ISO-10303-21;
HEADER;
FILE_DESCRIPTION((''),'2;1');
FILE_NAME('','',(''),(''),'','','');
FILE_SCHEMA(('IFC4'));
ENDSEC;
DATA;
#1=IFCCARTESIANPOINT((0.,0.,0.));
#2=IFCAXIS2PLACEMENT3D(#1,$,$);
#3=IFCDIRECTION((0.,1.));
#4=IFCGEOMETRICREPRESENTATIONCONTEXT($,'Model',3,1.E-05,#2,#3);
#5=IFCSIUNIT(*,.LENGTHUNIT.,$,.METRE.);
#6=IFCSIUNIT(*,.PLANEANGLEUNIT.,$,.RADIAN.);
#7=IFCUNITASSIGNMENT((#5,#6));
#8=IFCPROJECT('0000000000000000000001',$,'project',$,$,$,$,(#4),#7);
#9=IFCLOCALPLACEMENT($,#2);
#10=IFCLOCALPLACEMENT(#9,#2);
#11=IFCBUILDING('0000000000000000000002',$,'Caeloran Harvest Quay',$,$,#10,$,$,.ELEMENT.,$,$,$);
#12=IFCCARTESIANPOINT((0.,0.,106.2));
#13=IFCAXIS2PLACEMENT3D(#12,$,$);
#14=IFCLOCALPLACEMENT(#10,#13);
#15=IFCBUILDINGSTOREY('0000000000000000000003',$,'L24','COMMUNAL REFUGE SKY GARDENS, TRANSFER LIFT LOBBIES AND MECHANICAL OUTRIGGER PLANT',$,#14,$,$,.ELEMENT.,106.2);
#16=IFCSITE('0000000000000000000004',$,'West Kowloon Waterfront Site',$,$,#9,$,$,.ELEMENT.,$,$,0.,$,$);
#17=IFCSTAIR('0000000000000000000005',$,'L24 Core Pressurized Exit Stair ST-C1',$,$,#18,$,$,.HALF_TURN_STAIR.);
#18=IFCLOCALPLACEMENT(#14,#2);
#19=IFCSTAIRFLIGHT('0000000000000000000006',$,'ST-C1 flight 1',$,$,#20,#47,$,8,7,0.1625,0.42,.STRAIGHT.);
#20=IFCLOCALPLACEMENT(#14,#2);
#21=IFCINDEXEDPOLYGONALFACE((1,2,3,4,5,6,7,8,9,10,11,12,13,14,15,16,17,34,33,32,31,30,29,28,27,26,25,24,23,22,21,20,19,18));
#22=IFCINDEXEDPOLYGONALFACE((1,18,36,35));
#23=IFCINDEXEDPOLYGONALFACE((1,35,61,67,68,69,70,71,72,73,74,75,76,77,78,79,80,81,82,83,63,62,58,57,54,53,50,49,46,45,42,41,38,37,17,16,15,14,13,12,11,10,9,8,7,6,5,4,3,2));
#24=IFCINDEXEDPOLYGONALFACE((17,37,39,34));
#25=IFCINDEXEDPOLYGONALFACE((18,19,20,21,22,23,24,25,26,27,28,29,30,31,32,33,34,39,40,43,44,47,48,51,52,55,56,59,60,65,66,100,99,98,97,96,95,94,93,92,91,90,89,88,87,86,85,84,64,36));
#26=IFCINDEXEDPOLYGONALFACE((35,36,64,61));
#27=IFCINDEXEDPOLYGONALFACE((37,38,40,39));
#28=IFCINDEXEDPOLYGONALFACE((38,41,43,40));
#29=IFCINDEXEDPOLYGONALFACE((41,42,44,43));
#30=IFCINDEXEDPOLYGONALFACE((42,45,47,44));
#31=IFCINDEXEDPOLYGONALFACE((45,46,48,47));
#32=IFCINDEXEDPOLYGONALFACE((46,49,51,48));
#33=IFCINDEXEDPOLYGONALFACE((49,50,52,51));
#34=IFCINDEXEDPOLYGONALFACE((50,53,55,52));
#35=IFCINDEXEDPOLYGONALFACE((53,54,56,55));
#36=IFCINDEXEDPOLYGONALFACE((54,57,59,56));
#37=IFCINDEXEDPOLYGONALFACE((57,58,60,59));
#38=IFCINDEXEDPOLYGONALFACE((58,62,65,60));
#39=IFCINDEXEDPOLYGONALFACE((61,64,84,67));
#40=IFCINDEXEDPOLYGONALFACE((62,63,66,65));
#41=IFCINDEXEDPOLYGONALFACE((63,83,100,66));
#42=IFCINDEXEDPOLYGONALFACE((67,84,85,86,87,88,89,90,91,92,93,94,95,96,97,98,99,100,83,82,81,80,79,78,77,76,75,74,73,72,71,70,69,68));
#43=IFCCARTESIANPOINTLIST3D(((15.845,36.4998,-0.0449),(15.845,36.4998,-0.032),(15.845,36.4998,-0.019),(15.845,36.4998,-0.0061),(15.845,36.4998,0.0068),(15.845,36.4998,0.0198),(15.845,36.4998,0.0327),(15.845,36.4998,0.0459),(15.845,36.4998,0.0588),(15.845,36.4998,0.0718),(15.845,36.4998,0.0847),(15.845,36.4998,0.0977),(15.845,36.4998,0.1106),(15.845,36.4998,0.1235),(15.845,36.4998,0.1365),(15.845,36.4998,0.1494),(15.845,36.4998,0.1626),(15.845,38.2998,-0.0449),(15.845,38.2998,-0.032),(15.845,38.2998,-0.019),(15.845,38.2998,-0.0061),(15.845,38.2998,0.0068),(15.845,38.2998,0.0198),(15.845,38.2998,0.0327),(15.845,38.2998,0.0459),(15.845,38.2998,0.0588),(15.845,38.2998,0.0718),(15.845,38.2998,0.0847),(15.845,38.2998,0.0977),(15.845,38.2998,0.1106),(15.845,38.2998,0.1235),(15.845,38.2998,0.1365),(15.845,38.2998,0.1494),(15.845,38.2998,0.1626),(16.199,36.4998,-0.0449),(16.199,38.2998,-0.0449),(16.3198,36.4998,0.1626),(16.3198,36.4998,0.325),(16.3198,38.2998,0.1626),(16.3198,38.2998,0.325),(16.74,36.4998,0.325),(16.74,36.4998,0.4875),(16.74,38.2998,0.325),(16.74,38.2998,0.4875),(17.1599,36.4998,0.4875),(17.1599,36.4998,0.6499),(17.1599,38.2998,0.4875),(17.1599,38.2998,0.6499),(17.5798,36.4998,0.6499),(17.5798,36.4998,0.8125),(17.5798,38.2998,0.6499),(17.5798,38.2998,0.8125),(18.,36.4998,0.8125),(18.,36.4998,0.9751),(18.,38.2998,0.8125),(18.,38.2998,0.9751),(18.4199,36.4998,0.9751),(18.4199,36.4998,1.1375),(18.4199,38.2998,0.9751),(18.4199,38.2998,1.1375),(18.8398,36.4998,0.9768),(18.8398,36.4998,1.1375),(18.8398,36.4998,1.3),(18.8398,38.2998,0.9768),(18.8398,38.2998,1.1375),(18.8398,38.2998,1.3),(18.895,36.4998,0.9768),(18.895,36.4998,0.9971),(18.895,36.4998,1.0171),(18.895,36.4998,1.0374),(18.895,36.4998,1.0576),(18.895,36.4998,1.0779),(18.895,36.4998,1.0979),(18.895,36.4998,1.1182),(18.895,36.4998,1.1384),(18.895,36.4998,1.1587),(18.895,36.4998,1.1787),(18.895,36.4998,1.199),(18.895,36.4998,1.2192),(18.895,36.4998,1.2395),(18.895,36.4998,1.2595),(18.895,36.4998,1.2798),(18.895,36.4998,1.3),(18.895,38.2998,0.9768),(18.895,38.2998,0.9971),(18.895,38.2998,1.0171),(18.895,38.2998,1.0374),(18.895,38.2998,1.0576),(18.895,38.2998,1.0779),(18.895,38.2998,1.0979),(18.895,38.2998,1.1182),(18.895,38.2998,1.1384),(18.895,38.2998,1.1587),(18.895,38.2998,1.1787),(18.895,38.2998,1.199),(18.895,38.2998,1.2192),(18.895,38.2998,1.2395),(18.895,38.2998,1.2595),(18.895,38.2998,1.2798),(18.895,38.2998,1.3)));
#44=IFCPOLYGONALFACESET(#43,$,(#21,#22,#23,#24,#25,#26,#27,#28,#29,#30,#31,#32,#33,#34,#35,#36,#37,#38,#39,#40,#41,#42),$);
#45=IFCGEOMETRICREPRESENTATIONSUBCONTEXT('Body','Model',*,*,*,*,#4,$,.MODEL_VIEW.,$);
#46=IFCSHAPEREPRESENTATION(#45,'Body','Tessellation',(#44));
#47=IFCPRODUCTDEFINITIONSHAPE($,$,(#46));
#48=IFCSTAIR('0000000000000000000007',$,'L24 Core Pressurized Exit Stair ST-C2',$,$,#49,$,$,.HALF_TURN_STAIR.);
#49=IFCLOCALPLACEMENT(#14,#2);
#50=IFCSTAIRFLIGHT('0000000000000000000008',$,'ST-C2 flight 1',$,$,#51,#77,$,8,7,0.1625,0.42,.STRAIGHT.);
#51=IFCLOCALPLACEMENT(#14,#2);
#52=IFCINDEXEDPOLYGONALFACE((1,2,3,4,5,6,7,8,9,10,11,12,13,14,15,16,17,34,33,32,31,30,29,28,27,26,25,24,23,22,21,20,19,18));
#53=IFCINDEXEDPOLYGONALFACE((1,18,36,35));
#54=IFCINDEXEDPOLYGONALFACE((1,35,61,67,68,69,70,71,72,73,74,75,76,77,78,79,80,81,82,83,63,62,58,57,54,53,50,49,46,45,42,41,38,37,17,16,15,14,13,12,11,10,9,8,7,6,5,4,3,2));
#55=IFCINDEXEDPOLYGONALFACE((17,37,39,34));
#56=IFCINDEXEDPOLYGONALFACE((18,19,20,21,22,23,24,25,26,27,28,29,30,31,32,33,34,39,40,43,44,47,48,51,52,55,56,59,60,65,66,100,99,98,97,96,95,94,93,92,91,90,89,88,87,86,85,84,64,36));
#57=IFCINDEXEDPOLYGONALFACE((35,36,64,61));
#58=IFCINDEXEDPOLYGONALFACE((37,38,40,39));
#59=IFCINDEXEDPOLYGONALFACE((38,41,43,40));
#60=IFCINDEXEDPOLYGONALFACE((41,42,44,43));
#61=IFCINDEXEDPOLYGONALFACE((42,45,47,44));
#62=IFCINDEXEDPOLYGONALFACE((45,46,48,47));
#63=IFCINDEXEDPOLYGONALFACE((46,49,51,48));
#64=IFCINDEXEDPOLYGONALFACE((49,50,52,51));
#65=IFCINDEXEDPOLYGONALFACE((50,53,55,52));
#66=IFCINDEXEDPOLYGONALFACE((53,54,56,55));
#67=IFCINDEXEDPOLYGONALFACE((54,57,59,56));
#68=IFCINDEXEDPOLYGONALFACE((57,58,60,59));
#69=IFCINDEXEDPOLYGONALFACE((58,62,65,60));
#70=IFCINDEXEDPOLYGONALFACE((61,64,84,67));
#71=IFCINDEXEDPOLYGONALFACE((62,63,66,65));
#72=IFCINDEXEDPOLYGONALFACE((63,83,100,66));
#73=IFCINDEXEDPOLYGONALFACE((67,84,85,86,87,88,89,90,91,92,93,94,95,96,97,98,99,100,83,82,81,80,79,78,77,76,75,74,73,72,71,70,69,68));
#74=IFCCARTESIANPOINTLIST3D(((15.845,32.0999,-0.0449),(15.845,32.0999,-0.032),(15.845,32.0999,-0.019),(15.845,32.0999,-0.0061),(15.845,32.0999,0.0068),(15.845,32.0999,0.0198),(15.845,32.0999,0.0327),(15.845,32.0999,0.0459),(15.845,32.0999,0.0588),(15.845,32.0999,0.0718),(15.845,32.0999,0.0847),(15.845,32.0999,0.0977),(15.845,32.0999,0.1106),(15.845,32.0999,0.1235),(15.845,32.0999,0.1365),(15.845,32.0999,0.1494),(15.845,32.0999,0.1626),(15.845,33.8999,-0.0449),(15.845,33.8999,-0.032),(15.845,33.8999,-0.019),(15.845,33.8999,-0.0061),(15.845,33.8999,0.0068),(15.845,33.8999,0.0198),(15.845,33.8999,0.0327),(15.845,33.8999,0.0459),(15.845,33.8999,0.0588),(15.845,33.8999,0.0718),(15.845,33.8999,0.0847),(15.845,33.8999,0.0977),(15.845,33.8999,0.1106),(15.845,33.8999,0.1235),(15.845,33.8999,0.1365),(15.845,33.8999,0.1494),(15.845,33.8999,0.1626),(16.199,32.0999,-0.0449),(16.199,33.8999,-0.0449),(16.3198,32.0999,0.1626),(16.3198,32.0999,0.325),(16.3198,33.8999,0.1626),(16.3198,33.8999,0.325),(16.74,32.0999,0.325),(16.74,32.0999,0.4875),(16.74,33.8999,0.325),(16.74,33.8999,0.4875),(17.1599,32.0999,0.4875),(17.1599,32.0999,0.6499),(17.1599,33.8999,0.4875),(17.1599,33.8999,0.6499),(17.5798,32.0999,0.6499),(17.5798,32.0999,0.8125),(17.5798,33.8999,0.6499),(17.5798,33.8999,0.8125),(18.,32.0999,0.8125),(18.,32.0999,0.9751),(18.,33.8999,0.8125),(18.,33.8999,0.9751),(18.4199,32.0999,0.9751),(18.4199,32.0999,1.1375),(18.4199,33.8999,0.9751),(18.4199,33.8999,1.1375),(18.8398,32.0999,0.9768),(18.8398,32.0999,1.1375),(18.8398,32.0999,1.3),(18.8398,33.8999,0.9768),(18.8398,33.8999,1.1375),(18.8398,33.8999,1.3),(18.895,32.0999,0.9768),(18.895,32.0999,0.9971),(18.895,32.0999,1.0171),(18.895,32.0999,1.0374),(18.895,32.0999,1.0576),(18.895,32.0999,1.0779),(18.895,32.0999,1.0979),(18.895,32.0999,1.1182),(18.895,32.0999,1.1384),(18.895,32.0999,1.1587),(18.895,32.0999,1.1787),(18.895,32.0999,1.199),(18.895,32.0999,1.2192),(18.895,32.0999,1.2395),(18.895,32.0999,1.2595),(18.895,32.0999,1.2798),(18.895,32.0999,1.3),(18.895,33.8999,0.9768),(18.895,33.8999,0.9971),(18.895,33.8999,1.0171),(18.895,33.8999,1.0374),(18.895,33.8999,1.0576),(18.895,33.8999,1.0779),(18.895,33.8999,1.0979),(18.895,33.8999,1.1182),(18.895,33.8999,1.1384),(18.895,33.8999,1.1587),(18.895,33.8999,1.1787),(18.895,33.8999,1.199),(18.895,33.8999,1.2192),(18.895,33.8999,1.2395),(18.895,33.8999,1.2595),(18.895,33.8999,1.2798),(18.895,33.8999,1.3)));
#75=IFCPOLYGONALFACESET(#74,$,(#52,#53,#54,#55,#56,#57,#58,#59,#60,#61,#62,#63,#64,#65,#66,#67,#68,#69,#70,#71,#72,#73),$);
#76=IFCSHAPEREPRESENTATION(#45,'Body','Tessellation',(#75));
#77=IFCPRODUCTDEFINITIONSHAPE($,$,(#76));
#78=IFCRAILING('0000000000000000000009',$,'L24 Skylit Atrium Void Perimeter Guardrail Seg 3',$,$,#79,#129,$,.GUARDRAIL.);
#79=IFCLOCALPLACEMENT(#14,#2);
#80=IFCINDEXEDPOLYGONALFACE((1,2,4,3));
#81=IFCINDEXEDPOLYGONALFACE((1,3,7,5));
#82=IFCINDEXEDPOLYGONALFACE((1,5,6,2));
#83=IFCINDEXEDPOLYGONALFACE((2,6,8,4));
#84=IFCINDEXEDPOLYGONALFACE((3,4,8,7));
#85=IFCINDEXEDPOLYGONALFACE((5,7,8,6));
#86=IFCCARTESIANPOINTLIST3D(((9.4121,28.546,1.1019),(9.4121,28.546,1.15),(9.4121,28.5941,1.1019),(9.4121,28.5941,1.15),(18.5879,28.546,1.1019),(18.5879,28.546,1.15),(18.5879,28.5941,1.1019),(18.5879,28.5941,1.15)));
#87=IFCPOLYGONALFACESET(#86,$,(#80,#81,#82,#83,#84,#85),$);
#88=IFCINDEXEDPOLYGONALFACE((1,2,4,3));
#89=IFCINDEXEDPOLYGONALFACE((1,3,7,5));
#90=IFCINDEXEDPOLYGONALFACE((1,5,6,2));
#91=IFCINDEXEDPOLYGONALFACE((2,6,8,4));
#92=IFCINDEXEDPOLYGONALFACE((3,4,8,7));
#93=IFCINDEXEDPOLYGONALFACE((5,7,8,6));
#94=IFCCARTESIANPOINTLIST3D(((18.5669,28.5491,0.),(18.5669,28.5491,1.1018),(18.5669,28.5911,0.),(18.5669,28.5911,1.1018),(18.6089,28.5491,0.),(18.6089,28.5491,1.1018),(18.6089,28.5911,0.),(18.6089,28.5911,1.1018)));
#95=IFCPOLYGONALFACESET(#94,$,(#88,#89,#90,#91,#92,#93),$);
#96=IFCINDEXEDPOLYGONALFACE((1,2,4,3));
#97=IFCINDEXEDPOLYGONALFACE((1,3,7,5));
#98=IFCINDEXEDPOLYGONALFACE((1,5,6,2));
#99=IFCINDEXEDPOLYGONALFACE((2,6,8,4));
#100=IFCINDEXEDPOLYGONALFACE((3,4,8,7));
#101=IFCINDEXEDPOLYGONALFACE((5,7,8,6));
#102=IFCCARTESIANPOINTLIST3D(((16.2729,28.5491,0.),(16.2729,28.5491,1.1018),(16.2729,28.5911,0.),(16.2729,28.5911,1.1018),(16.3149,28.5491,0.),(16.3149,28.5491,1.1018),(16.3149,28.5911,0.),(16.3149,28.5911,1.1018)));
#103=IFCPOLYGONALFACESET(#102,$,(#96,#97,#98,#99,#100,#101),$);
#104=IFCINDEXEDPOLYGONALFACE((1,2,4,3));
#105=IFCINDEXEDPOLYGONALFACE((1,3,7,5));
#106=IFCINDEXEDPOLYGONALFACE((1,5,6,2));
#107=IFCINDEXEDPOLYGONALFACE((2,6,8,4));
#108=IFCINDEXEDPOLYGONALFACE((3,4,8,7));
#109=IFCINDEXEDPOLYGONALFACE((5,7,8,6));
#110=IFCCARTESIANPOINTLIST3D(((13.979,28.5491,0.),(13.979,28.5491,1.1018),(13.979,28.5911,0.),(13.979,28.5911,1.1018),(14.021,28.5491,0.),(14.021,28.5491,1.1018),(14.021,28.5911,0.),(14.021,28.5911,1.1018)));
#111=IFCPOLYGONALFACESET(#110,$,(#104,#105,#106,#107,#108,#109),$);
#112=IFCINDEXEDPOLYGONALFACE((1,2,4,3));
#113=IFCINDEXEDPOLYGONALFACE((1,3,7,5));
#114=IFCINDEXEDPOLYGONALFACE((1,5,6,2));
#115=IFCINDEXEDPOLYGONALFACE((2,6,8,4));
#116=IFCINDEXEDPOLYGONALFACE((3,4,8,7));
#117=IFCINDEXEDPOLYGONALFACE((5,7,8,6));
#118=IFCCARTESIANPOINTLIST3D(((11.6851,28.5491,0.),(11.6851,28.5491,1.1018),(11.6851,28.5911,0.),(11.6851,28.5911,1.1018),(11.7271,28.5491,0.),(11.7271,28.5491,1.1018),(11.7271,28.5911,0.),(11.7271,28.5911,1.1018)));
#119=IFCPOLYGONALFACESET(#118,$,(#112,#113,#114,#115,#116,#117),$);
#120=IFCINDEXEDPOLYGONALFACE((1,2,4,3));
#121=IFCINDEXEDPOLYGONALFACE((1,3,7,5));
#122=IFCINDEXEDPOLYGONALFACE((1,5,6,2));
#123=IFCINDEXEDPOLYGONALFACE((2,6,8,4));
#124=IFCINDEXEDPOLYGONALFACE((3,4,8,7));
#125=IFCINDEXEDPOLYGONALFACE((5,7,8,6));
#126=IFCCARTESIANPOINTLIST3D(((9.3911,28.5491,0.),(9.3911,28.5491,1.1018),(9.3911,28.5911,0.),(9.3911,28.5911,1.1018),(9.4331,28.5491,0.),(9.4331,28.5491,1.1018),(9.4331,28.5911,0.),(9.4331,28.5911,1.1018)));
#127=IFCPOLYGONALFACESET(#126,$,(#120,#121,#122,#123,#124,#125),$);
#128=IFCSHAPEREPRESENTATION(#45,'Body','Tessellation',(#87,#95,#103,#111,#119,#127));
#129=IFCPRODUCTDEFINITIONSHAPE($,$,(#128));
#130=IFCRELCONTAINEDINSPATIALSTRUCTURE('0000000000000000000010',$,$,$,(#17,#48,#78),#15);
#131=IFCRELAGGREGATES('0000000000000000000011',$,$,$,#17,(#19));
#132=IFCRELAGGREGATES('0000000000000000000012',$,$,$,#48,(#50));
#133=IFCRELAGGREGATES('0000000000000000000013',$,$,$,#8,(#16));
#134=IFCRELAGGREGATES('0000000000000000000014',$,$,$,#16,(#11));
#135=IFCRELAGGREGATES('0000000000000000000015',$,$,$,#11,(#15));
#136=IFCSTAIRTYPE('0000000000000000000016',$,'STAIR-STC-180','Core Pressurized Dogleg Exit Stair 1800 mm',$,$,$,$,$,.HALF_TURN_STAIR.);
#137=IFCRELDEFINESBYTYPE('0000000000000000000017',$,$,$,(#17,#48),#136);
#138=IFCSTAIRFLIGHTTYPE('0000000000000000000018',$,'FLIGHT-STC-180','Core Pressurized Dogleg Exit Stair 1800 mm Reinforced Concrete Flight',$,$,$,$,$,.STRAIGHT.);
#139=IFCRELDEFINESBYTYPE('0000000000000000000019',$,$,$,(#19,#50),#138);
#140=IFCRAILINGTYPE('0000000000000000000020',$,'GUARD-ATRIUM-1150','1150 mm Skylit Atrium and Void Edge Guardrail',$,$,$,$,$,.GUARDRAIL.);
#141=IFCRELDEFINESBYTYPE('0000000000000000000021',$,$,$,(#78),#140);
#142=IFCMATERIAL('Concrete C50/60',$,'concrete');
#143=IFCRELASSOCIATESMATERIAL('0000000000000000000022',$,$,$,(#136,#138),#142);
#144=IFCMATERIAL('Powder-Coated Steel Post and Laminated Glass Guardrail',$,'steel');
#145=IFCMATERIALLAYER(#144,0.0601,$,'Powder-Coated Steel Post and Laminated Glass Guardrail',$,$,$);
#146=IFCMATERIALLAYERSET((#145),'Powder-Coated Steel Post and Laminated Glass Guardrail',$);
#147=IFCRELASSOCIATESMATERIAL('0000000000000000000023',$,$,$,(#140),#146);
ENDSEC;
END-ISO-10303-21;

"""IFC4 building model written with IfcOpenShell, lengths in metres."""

from ifc_helpers import new_model, si_unit, direction, frame, origin, origin_2d, place, context, subcontext, project, spatial, polyline, rectangle, outline, extrude, material, layer, layer_set, type_object, element, aggregate, save


model = new_model("IFC4")

# Units and contexts
model_context = context("Model", 3, precision=1e-05, world=origin(), true_north=direction((0.0, 1.0)))
body_context = subcontext(model_context, "Body", "Model", "MODEL_VIEW")
ifc_project = project(units=[si_unit("LENGTHUNIT", "METRE"), si_unit("PLANEANGLEUNIT", "RADIAN")], contexts=[model_context])

# Site, building, storey
site_placement = place(None, origin())
site = spatial("IfcSite", under=ifc_project, at=site_placement, Name="West Kowloon Waterfront Site", CompositionType="ELEMENT", RefElevation=0.0)
building_placement = place(site_placement, origin())
building = spatial("IfcBuilding", under=site, at=building_placement, Name="Caeloran Harvest Quay", CompositionType="ELEMENT")
storey_placement = place(building_placement, frame((0.0, 0.0, 106.2)))
storey = spatial("IfcBuildingStorey", under=building, at=storey_placement, Name="L24", Description="COMMUNAL REFUGE SKY GARDENS, TRANSFER LIFT LOBBIES AND MECHANICAL OUTRIGGER PLANT", CompositionType="ELEMENT", Elevation=106.2)

# Shared definitions
ifc_material_1 = material(Name="Concrete C50/60", Category="concrete")

# Stairs, stair flights
stair_type = type_object("IfcStairType", Name="STAIR-STC-180", Description="Core Pressurized Dogleg Exit Stair 1800 mm", PredefinedType="HALF_TURN_STAIR", material=ifc_material_1)
stair_1_placement = place(storey_placement, origin())
stair_1 = element("IfcStair", 1, at=stair_1_placement, inside=storey, type_object=stair_type, Name="L24 Core Pressurized Exit Stair ST-C1", PredefinedType="HALF_TURN_STAIR")
stair_flight_type = type_object("IfcStairFlightType", Name="FLIGHT-STC-180", Description="Core Pressurized Dogleg Exit Stair 1800 mm Reinforced Concrete Flight", PredefinedType="STRAIGHT", material=ifc_material_1)
stair_flight_1_placement = place(storey_placement, frame((15.8999, 37.3999, 0.0), z_axis=(0.0, 0.0, 1.0), x_axis=(1.0, 0.0, 0.0)))
stair_flight_1 = element("IfcStairFlight", 2, at=stair_flight_1_placement, type_object=stair_flight_type, Name="ST-C1 flight 1", NumberOfRisers=8, NumberOfTreads=7, PredefinedType="STRAIGHT", RiserHeight=0.1625, TreadLength=0.42, context=body_context, shape_type="SweptSolid", body=[
    extrude(outline(polyline([(-0.0549, -0.0449), (-0.0549, -0.032), (-0.0549, -0.019), (-0.0549, -0.0061), (-0.0549, 0.0068), (-0.0549, 0.0198), (-0.0549, 0.0327), (-0.0549, 0.0459), (-0.0549, 0.0588), (-0.0549, 0.0718), (-0.0549, 0.0847), (-0.0549, 0.0977), (-0.0549, 0.1106), (-0.0549, 0.1235), (-0.0549, 0.1365), (-0.0549, 0.1494), (-0.0549, 0.1626), (0.4199, 0.1626), (0.4199, 0.325), (0.8401, 0.325), (0.8401, 0.4875), (1.26, 0.4875), (1.26, 0.6499), (1.6799, 0.6499), (1.6799, 0.8125), (2.1001, 0.8125), (2.1001, 0.9751), (2.52, 0.9751), (2.52, 1.1375), (2.9399, 1.1375), (2.9399, 1.3), (2.9951, 1.3), (2.9951, 1.2798), (2.9951, 1.2595), (2.9951, 1.2395), (2.9951, 1.2192), (2.9951, 1.199), (2.9951, 1.1787), (2.9951, 1.1587), (2.9951, 1.1384), (2.9951, 1.1182), (2.9951, 1.0979), (2.9951, 1.0779), (2.9951, 1.0576), (2.9951, 1.0374), (2.9951, 1.0171), (2.9951, 0.9971), (2.9951, 0.9768), (2.9399, 0.9768), (0.2991, -0.0449), (-0.0549, -0.0449)])), frame((0.0, 0.8999, 0.0), z_axis=(0.0, -1.0, 0.0), x_axis=(1.0, 0.0, 0.0)), (0.0, 0.0, 1.0), 1.8),
])
aggregate(stair_1, [stair_flight_1])
stair_2_placement = place(storey_placement, origin())
stair_2 = element("IfcStair", 3, at=stair_2_placement, inside=storey, type_object=stair_type, Name="L24 Core Pressurized Exit Stair ST-C2", PredefinedType="HALF_TURN_STAIR")
stair_flight_2_placement = place(storey_placement, frame((15.8999, 33.0, 0.0), z_axis=(0.0, 0.0, 1.0), x_axis=(1.0, 0.0, 0.0)))
stair_flight_2 = element("IfcStairFlight", 4, at=stair_flight_2_placement, type_object=stair_flight_type, Name="ST-C2 flight 1", NumberOfRisers=8, NumberOfTreads=7, PredefinedType="STRAIGHT", RiserHeight=0.1625, TreadLength=0.42, context=body_context, shape_type="SweptSolid", body=[
    extrude(outline(polyline([(-0.0549, -0.0449), (-0.0549, -0.032), (-0.0549, -0.019), (-0.0549, -0.0061), (-0.0549, 0.0068), (-0.0549, 0.0198), (-0.0549, 0.0327), (-0.0549, 0.0459), (-0.0549, 0.0588), (-0.0549, 0.0718), (-0.0549, 0.0847), (-0.0549, 0.0977), (-0.0549, 0.1106), (-0.0549, 0.1235), (-0.0549, 0.1365), (-0.0549, 0.1494), (-0.0549, 0.1626), (0.4199, 0.1626), (0.4199, 0.325), (0.8401, 0.325), (0.8401, 0.4875), (1.26, 0.4875), (1.26, 0.6499), (1.6799, 0.6499), (1.6799, 0.8125), (2.1001, 0.8125), (2.1001, 0.9751), (2.52, 0.9751), (2.52, 1.1375), (2.9399, 1.1375), (2.9399, 1.3), (2.9951, 1.3), (2.9951, 1.2798), (2.9951, 1.2595), (2.9951, 1.2395), (2.9951, 1.2192), (2.9951, 1.199), (2.9951, 1.1787), (2.9951, 1.1587), (2.9951, 1.1384), (2.9951, 1.1182), (2.9951, 1.0979), (2.9951, 1.0779), (2.9951, 1.0576), (2.9951, 1.0374), (2.9951, 1.0171), (2.9951, 0.9971), (2.9951, 0.9768), (2.9399, 0.9768), (0.2991, -0.0449), (-0.0549, -0.0449)])), frame((0.0, 0.8999, 0.0), z_axis=(0.0, -1.0, 0.0), x_axis=(1.0, 0.0, 0.0)), (0.0, 0.0, 1.0), 1.8),
])
aggregate(stair_2, [stair_flight_2])

# Railing
ifc_material_2 = material(Name="Powder-Coated Steel Post and Laminated Glass Guardrail", Category="steel")
ifc_layer_1 = layer(ifc_material_2, 0.0601, Name="Powder-Coated Steel Post and Laminated Glass Guardrail")
ifc_layer_set_1 = layer_set([ifc_layer_1], Name="Powder-Coated Steel Post and Laminated Glass Guardrail")
railing_type_1 = type_object("IfcRailingType", Name="GUARD-ATRIUM-1150", Description="1150 mm Skylit Atrium and Void Edge Guardrail", PredefinedType="GUARDRAIL", material=ifc_layer_set_1)
railing_1_placement = place(storey_placement, frame((18.5879, 28.5701, 0.0)))
element("IfcRailing", 5, at=railing_1_placement, inside=storey, type_object=railing_type_1, Name="L24 Skylit Atrium Void Perimeter Guardrail Seg 3", PredefinedType="GUARDRAIL", context=body_context, shape_type="SweptSolid", body=[
    extrude(rectangle(XDim=0.0481, YDim=0.0481, at=origin_2d()), frame((0.0, 0.0, 1.126), z_axis=(-1.0, 0.0, 0.0), x_axis=(0.0, -1.0, 0.0)), (0.0, 0.0, 1.0), 9.1758),
    extrude(rectangle(XDim=0.042, YDim=0.042, at=origin_2d()), origin(), (0.0, 0.0, 1.0), 1.1018),
    extrude(rectangle(XDim=0.042, YDim=0.042, at=origin_2d()), frame((-2.2939, 0.0, 0.0)), (0.0, 0.0, 1.0), 1.1018),
    extrude(rectangle(XDim=0.042, YDim=0.042, at=origin_2d()), frame((-4.5879, 0.0, 0.0)), (0.0, 0.0, 1.0), 1.1018),
    extrude(rectangle(XDim=0.042, YDim=0.042, at=origin_2d()), frame((-6.8818, 0.0, 0.0)), (0.0, 0.0, 1.0), 1.1018),
    extrude(rectangle(XDim=0.042, YDim=0.042, at=origin_2d()), frame((-9.1758, 0.0, 0.0)), (0.0, 0.0, 1.0), 1.1018),
])

save(model, "model.ifc")
